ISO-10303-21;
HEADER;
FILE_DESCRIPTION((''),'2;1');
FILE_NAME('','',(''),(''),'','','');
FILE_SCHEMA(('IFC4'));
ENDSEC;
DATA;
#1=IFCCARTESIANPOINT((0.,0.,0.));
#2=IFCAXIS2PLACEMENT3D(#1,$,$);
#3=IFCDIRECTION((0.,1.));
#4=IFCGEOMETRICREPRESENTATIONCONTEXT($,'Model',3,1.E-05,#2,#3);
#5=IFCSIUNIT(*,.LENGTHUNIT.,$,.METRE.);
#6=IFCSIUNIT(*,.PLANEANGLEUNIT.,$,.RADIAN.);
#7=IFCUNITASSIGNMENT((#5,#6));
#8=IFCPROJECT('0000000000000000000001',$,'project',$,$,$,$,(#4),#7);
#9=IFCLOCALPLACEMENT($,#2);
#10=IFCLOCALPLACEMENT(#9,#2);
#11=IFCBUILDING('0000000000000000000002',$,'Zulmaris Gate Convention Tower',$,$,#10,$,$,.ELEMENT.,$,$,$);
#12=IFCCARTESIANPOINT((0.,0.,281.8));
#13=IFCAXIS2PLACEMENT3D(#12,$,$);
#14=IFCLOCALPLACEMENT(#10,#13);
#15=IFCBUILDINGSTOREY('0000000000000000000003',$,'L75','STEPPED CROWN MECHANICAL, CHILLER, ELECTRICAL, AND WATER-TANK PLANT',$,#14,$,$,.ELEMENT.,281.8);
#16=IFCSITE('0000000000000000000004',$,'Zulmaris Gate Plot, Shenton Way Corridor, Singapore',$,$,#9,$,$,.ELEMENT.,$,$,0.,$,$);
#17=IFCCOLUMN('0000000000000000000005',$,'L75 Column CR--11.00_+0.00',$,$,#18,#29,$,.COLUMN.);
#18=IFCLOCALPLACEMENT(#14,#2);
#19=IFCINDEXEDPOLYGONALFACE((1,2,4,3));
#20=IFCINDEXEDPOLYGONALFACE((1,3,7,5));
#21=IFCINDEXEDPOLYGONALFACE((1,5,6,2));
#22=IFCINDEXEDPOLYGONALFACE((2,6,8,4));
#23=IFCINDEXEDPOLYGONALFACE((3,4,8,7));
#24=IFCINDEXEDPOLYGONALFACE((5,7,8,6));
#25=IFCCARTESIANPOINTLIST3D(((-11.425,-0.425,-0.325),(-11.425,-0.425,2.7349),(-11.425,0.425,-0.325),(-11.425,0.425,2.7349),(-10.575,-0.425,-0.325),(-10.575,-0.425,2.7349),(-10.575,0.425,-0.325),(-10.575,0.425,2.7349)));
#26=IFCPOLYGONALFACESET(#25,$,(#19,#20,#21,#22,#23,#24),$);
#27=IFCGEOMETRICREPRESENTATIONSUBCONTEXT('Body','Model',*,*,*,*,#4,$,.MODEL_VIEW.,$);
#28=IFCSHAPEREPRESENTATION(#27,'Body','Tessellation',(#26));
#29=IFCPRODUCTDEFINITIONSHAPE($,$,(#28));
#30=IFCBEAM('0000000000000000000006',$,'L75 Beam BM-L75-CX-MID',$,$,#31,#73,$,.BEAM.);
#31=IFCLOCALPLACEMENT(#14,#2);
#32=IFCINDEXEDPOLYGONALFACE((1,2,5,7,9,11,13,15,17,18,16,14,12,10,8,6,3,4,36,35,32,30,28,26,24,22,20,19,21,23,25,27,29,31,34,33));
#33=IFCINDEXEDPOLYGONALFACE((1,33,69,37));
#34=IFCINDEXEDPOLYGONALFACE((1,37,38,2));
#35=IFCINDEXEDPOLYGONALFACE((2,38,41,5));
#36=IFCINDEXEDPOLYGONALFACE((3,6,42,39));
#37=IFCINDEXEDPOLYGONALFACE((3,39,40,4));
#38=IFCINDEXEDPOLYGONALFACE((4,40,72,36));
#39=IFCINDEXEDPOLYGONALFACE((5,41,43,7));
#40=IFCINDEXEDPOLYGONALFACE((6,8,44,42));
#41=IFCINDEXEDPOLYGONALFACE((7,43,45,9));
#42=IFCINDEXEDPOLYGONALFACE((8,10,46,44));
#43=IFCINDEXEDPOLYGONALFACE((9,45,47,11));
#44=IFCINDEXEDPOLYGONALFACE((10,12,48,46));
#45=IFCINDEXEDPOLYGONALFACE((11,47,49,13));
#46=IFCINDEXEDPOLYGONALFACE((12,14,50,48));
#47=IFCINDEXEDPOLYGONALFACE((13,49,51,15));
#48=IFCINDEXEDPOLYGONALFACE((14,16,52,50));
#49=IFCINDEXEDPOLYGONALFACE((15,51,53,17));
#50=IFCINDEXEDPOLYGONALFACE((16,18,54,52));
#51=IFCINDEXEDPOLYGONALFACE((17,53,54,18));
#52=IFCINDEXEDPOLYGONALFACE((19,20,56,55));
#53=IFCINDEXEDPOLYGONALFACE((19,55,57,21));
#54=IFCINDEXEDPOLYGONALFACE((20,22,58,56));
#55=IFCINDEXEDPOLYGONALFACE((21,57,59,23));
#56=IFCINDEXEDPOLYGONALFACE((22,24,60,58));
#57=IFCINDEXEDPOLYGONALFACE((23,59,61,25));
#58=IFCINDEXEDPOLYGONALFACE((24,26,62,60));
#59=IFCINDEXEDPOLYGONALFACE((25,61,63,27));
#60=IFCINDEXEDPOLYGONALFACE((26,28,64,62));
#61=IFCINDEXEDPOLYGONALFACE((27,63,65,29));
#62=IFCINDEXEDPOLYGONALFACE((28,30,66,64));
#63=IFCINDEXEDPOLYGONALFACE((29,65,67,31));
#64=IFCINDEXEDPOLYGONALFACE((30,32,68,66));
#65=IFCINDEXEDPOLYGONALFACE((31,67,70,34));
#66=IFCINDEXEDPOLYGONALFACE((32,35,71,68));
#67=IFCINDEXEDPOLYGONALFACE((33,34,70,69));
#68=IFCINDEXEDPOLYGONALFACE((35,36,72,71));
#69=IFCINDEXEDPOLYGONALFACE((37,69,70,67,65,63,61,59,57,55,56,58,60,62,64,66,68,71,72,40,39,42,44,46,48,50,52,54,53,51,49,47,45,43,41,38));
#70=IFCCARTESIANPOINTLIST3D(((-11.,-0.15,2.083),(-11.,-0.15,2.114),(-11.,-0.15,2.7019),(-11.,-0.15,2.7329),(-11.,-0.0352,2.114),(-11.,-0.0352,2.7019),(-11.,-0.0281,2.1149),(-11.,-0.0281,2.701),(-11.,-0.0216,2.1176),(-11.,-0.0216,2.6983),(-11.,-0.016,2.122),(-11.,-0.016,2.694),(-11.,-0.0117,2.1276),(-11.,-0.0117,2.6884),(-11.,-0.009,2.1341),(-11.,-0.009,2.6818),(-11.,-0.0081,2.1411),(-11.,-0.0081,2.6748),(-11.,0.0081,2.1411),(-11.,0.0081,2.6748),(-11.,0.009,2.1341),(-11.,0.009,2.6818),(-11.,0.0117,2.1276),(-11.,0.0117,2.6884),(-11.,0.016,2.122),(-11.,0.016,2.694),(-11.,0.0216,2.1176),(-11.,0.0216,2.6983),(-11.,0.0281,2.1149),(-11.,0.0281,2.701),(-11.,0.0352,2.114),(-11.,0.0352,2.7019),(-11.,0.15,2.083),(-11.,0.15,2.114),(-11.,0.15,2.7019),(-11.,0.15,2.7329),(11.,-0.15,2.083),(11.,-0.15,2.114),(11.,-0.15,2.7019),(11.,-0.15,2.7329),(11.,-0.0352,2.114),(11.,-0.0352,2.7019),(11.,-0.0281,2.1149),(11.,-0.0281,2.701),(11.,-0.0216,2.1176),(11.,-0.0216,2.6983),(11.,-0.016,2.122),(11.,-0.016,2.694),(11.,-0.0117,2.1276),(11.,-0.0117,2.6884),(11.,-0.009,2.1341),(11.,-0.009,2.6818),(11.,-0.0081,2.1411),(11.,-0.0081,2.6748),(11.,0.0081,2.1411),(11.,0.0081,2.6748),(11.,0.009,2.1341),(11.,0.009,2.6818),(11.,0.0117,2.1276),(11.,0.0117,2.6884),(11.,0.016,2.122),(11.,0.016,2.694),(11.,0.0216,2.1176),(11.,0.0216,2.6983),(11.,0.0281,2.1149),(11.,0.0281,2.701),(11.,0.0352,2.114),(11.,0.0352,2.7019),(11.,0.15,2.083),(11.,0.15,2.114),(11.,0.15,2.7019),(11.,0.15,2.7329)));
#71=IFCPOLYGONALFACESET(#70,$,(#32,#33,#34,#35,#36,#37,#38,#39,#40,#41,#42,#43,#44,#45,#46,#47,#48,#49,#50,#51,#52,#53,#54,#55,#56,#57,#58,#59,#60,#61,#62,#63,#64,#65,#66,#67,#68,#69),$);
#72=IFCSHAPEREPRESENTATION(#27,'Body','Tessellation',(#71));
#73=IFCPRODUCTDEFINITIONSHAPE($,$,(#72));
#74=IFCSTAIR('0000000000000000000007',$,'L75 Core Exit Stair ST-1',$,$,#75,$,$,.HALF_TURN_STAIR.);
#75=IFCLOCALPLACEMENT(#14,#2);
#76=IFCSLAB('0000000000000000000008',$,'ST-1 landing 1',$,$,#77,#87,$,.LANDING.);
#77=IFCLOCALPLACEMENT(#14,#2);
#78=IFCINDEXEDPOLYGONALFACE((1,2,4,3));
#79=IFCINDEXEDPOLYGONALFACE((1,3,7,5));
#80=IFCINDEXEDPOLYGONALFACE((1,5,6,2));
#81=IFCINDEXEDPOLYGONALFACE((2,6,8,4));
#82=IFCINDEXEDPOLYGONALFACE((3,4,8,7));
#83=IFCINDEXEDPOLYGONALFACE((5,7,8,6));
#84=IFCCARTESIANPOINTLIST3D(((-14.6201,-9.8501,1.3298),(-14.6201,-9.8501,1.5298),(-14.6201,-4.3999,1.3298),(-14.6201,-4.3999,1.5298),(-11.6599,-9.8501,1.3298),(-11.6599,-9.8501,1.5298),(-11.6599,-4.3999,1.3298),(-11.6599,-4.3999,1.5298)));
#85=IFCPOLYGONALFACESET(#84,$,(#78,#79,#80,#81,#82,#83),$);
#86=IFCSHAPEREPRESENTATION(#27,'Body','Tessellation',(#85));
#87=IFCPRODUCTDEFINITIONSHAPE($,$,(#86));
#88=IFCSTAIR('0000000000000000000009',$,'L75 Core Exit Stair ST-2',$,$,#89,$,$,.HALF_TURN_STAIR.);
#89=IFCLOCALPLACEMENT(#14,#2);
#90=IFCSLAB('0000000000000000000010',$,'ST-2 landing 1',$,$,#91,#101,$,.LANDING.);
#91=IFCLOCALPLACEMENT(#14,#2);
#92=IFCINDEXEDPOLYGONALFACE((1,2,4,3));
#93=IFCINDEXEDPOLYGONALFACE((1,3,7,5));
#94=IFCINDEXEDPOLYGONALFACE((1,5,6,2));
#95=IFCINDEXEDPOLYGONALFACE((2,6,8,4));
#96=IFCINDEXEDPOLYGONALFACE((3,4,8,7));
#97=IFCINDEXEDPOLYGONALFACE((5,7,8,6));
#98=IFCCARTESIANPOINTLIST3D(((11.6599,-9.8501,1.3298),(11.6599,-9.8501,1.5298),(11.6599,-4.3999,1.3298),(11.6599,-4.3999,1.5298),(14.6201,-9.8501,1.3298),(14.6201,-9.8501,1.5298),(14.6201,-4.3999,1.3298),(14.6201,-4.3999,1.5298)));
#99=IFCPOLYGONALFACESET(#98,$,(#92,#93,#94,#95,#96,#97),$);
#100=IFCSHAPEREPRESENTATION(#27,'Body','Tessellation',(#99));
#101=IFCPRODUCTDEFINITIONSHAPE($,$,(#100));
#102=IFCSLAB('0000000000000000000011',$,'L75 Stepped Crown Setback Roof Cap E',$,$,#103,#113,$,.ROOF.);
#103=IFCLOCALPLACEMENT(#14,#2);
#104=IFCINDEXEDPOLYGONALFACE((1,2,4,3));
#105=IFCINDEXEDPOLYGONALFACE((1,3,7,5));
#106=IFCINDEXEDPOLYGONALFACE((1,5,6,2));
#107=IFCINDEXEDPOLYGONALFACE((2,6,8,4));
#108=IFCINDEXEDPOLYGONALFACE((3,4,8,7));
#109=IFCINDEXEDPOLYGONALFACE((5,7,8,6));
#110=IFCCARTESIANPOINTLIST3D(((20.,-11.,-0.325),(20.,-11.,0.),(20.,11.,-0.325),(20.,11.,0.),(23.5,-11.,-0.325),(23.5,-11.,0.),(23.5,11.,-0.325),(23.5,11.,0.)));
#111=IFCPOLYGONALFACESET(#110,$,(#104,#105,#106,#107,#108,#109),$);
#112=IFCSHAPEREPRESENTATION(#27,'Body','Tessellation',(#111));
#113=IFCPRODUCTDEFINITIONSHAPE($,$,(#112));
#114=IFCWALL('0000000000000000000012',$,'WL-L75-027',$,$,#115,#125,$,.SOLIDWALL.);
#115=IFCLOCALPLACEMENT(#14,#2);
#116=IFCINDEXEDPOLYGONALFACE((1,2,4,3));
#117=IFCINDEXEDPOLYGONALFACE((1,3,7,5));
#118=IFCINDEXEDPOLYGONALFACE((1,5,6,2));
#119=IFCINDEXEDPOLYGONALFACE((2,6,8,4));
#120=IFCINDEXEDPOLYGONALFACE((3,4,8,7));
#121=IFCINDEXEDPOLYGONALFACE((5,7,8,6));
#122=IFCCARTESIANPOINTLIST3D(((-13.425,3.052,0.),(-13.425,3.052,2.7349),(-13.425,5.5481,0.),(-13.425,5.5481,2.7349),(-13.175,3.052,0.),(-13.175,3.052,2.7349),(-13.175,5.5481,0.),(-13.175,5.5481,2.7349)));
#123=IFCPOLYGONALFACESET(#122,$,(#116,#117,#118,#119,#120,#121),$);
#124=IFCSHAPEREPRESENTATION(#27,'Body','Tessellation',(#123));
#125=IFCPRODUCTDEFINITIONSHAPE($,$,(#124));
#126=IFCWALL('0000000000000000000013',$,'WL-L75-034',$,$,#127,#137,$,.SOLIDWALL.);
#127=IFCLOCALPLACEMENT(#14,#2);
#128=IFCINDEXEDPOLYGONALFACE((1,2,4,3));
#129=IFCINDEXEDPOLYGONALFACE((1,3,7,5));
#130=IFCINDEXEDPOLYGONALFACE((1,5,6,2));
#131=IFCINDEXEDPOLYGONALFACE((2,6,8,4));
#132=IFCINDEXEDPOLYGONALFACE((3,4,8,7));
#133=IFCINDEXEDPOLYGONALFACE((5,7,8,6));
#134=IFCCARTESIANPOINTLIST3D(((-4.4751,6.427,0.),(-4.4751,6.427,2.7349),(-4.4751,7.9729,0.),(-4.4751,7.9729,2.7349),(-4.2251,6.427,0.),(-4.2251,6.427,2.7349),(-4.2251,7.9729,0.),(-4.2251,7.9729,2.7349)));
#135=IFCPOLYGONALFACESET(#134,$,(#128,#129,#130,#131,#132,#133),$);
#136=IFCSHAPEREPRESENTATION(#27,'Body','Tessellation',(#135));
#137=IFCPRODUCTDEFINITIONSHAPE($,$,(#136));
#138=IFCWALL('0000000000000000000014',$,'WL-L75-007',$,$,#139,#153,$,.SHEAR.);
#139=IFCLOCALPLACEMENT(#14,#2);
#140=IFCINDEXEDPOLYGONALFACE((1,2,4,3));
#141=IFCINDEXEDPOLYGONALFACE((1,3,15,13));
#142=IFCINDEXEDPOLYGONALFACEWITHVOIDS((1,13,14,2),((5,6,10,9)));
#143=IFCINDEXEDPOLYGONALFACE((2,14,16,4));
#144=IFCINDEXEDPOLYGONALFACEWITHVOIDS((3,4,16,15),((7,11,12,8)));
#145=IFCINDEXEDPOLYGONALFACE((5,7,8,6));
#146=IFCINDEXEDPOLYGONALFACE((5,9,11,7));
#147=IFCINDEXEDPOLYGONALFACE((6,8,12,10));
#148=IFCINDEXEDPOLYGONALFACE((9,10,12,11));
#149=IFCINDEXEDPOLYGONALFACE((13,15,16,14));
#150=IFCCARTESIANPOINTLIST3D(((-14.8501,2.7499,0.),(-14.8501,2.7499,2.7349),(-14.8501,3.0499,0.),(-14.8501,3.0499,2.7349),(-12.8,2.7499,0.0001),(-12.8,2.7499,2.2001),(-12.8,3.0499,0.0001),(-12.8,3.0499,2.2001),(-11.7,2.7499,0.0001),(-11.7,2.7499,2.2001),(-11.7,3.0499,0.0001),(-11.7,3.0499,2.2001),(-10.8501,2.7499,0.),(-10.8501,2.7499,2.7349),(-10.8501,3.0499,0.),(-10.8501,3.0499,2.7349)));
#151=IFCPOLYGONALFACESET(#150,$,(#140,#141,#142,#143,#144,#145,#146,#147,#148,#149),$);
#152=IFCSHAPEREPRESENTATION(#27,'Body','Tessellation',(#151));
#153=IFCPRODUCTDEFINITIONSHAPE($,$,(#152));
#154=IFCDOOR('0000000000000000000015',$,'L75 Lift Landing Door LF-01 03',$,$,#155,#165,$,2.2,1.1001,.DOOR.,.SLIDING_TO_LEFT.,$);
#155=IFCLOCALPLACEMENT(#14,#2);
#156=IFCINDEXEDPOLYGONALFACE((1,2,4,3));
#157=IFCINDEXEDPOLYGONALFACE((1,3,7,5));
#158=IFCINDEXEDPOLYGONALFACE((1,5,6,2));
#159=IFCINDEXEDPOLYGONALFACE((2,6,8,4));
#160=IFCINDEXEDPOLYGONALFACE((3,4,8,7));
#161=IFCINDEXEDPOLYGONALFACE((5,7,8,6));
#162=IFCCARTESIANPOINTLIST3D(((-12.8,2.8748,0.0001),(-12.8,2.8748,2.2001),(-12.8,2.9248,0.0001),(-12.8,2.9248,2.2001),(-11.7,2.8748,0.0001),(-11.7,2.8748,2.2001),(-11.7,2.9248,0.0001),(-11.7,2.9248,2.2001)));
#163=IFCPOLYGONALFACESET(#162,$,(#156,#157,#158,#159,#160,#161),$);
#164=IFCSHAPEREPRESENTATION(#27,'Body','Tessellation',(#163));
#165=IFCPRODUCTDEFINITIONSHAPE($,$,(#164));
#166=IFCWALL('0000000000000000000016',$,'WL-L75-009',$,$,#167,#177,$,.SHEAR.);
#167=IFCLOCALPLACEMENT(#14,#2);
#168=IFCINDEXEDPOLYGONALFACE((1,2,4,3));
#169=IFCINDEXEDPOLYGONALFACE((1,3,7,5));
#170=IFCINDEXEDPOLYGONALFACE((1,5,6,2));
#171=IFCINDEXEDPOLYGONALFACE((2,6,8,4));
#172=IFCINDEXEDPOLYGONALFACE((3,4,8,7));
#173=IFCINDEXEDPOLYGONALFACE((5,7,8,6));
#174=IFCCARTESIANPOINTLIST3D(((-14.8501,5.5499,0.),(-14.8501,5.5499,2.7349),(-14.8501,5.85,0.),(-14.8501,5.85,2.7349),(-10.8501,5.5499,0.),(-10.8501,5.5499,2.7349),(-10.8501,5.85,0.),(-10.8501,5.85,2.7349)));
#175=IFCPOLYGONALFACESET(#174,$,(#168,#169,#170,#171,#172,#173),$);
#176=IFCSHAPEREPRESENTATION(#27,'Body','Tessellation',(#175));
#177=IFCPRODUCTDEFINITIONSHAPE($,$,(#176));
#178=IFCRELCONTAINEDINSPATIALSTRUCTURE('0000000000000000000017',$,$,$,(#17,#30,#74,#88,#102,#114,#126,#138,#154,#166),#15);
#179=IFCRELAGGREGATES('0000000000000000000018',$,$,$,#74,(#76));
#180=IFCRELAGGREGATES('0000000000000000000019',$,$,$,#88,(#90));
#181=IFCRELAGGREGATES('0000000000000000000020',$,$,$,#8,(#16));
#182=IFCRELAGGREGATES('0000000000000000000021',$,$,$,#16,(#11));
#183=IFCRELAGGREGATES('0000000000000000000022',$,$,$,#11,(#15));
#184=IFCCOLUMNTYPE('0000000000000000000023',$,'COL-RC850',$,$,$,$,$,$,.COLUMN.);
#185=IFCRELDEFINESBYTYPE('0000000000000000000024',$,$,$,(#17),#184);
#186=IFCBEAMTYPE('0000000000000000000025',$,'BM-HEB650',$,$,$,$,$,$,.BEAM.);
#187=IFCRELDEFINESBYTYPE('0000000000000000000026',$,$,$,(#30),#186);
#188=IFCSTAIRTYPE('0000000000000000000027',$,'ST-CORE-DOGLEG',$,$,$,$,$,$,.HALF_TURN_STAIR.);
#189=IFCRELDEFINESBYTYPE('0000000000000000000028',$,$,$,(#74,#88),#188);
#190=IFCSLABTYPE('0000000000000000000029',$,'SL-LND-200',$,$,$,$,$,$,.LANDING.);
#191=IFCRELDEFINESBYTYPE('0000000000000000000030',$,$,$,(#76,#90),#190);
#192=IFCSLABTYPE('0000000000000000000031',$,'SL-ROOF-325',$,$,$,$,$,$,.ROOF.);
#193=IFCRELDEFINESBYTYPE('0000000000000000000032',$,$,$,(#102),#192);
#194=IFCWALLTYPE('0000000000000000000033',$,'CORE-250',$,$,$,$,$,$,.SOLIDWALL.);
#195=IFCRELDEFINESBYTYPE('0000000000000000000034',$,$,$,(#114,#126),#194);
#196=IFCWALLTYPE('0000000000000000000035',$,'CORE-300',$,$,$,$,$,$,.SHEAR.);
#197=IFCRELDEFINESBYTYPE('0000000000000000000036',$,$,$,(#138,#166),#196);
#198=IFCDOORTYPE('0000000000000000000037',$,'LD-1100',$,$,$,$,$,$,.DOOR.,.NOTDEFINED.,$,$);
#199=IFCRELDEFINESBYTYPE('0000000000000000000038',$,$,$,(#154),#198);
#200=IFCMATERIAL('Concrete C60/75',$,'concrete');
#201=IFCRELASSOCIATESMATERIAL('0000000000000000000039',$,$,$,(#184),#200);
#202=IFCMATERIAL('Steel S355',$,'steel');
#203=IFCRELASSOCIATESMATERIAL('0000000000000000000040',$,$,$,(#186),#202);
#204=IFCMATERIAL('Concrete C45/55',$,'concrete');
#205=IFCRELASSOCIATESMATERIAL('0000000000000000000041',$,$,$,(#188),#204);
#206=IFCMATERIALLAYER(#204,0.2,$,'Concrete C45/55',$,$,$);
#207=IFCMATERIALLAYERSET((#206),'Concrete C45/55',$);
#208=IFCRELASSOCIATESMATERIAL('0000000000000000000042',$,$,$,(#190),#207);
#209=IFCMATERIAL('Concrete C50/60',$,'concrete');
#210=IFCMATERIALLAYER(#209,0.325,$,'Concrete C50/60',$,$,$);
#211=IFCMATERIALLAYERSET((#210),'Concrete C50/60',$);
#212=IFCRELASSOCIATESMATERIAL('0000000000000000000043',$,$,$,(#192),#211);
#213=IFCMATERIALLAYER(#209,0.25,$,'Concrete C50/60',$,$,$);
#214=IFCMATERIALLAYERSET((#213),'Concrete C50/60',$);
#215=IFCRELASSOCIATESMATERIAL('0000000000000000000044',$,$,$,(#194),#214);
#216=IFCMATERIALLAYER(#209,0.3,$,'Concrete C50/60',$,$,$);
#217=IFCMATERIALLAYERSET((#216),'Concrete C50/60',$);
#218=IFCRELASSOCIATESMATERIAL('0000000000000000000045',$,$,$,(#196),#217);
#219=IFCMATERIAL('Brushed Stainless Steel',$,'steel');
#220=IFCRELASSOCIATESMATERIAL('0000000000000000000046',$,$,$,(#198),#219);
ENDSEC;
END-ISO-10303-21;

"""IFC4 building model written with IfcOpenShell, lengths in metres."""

from ifc_helpers import new_model, si_unit, direction, frame, frame_2d, origin, origin_2d, place, context, subcontext, project, spatial, polyline, rectangle, i_section, outline, extrude, material, layer, layer_set, material_profile, profile_set, type_object, element, fill, aggregate, save


model = new_model("IFC4")

# Units and contexts
model_context = context("Model", 3, precision=1e-05, world=origin(), true_north=direction((0.0, 1.0)))
body_context = subcontext(model_context, "Body", "Model", "MODEL_VIEW")
ifc_project = project(units=[si_unit("LENGTHUNIT", "METRE"), si_unit("PLANEANGLEUNIT", "RADIAN")], contexts=[model_context])

# Site, building, storey
site_placement = place(None, origin())
site = spatial("IfcSite", under=ifc_project, at=site_placement, Name="Zulmaris Gate Plot, Shenton Way Corridor, Singapore", CompositionType="ELEMENT", RefElevation=0.0)
building_placement = place(site_placement, origin())
building = spatial("IfcBuilding", under=site, at=building_placement, Name="Zulmaris Gate Convention Tower", CompositionType="ELEMENT")
storey_placement = place(building_placement, frame((0.0, 0.0, 281.8)))
storey = spatial("IfcBuildingStorey", under=building, at=storey_placement, Name="L75", Description="STEPPED CROWN MECHANICAL, CHILLER, ELECTRICAL, AND WATER-TANK PLANT", CompositionType="ELEMENT", Elevation=281.8)

# Column
ifc_material_1 = material(Name="Concrete C60/75", Category="concrete")
ifc_material_profile_1 = material_profile(ifc_material_1, rectangle(XDim=0.8501, YDim=0.8501, at=origin_2d()), Name="RC COL 850x850")
ifc_profile_set_1 = profile_set([ifc_material_profile_1], Name="Concrete C60/75")
column_type = type_object("IfcColumnType", Name="COL-RC850", PredefinedType="COLUMN", material=ifc_profile_set_1)
column_placement = place(storey_placement, frame((-11.0, 0.0, -0.325), z_axis=(0.0, 0.0, 1.0), x_axis=(1.0, 0.0, 0.0)))
element("IfcColumn", 1, at=column_placement, inside=storey, type_object=column_type, Name="L75 Column CR--11.00_+0.00", PredefinedType="COLUMN", context=body_context, shape_type="SweptSolid", body=[
    extrude(rectangle(XDim=0.8501, YDim=0.8501, at=origin_2d()), origin(), (0.0, 0.0, 1.0), 3.0598),
])

# Beam
ifc_material_2 = material(Name="Steel S355", Category="steel")
ifc_material_profile_2 = material_profile(ifc_material_2, i_section(OverallWidth=0.3, OverallDepth=0.6499, WebThickness=0.0161, FlangeThickness=0.031, FilletRadius=0.0271, at=origin_2d()), Name="HEB 650")
ifc_profile_set_2 = profile_set([ifc_material_profile_2], Name="Steel S355")
beam_type = type_object("IfcBeamType", Name="BM-HEB650", PredefinedType="BEAM", material=ifc_profile_set_2)
beam_placement = place(storey_placement, frame((-11.0, 0.0, 2.408), z_axis=(1.0, 0.0, 0.0), x_axis=(0.0, 1.0, 0.0)))
element("IfcBeam", 2, at=beam_placement, inside=storey, type_object=beam_type, Name="L75 Beam BM-L75-CX-MID", PredefinedType="BEAM", context=body_context, shape_type="SweptSolid", body=[
    extrude(i_section(OverallWidth=0.3, OverallDepth=0.6499, WebThickness=0.0161, FlangeThickness=0.031, FilletRadius=0.0271, at=origin_2d()), origin(), (0.0, 0.0, 1.0), 22.0),
])

# Stairs, slabs
ifc_material_3 = material(Name="Concrete C45/55", Category="concrete")
stair_type_1 = type_object("IfcStairType", Name="ST-CORE-DOGLEG", PredefinedType="HALF_TURN_STAIR", material=ifc_material_3)
stair_1_placement = place(storey_placement, origin())
stair_1 = element("IfcStair", 3, at=stair_1_placement, inside=storey, type_object=stair_type_1, Name="L75 Core Exit Stair ST-1", PredefinedType="HALF_TURN_STAIR")
ifc_layer_1 = layer(ifc_material_3, 0.2, Name="Concrete C45/55")
ifc_layer_set_1 = layer_set([ifc_layer_1], Name="Concrete C45/55")
slab_type_1 = type_object("IfcSlabType", Name="SL-LND-200", PredefinedType="LANDING", material=ifc_layer_set_1)
slab_1_placement = place(storey_placement, frame((0.0, 0.0, 1.3298)))
slab_1 = element("IfcSlab", 4, at=slab_1_placement, type_object=slab_type_1, Name="ST-1 landing 1", PredefinedType="LANDING", context=body_context, shape_type="SweptSolid", body=[
    extrude(outline(polyline([(-14.6201, -4.3999), (-14.6201, -9.8501), (-11.6599, -9.8501), (-11.6599, -4.3999), (-14.6201, -4.3999)])), origin(), (0.0, 0.0, 1.0), 0.2),
])
aggregate(stair_1, [slab_1])
stair_2_placement = place(storey_placement, origin())
stair_2 = element("IfcStair", 5, at=stair_2_placement, inside=storey, type_object=stair_type_1, Name="L75 Core Exit Stair ST-2", PredefinedType="HALF_TURN_STAIR")
slab_2_placement = place(storey_placement, frame((0.0, 0.0, 1.3298)))
slab_2 = element("IfcSlab", 6, at=slab_2_placement, type_object=slab_type_1, Name="ST-2 landing 1", PredefinedType="LANDING", context=body_context, shape_type="SweptSolid", body=[
    extrude(outline(polyline([(11.6599, -4.3999), (11.6599, -9.8501), (14.6201, -9.8501), (14.6201, -4.3999), (11.6599, -4.3999)])), origin(), (0.0, 0.0, 1.0), 0.2),
])
aggregate(stair_2, [slab_2])

# Slab
ifc_material_4 = material(Name="Concrete C50/60", Category="concrete")
ifc_layer_2 = layer(ifc_material_4, 0.325, Name="Concrete C50/60")
ifc_layer_set_2 = layer_set([ifc_layer_2], Name="Concrete C50/60")
slab_type_2 = type_object("IfcSlabType", Name="SL-ROOF-325", PredefinedType="ROOF", material=ifc_layer_set_2)
slab_3_placement = place(storey_placement, frame((0.0, 0.0, -0.325)))
element("IfcSlab", 7, at=slab_3_placement, inside=storey, type_object=slab_type_2, Name="L75 Stepped Crown Setback Roof Cap E", PredefinedType="ROOF", context=body_context, shape_type="SweptSolid", body=[
    extrude(outline(polyline([(20.0, -11.0), (23.5, -11.0), (23.5, 11.0), (20.0, 11.0), (20.0, -11.0)])), origin(), (0.0, 0.0, 1.0), 0.325),
])

# Shared definitions
ifc_layer_3 = layer(ifc_material_4, 0.25, Name="Concrete C50/60")
ifc_layer_set_3 = layer_set([ifc_layer_3], Name="Concrete C50/60")
wall_type_1 = type_object("IfcWallType", Name="CORE-250", PredefinedType="SOLIDWALL", material=ifc_layer_set_3)

# Walls
wall_1_placement = place(storey_placement, frame((-13.3, 3.052, 0.0), z_axis=(0.0, 0.0, 1.0), x_axis=(0.0, 1.0, 0.0)))
element("IfcWall", 8, at=wall_1_placement, inside=storey, type_object=wall_type_1, Name="WL-L75-027", PredefinedType="SOLIDWALL", context=body_context, shape_type="SweptSolid", body=[
    extrude(rectangle(XDim=2.4961, YDim=0.25, at=frame_2d((1.248, 0.0))), origin(), (0.0, 0.0, 1.0), 2.7349),
])
wall_2_placement = place(storey_placement, frame((-4.3501, 6.427, 0.0), z_axis=(0.0, 0.0, 1.0), x_axis=(0.0, 1.0, 0.0)))
element("IfcWall", 9, at=wall_2_placement, inside=storey, type_object=wall_type_1, Name="WL-L75-034", PredefinedType="SOLIDWALL", context=body_context, shape_type="SweptSolid", body=[
    extrude(rectangle(XDim=1.5459, YDim=0.25, at=frame_2d((0.7729, 0.0))), origin(), (0.0, 0.0, 1.0), 2.7349),
])

# Wall, opening, door
ifc_layer_4 = layer(ifc_material_4, 0.3, Name="Concrete C50/60")
ifc_layer_set_4 = layer_set([ifc_layer_4], Name="Concrete C50/60")
wall_type_2 = type_object("IfcWallType", Name="CORE-300", PredefinedType="SHEAR", material=ifc_layer_set_4)
wall_3_placement = place(storey_placement, frame((-14.8501, 2.8999, 0.0), z_axis=(0.0, 0.0, 1.0), x_axis=(1.0, 0.0, 0.0)))
wall_3 = element("IfcWall", 10, at=wall_3_placement, inside=storey, type_object=wall_type_2, Name="WL-L75-007", PredefinedType="SHEAR", context=body_context, shape_type="SweptSolid", body=[
    extrude(rectangle(XDim=4.0, YDim=0.3, at=frame_2d((2.0, 0.0))), origin(), (0.0, 0.0, 1.0), 2.7349),
])
opening_1_placement = place(wall_3_placement, frame((2.05, 0.0, 0.0)))
opening_1 = element("IfcOpeningElement", 11, at=opening_1_placement, cuts=wall_3, PredefinedType="OPENING", context=body_context, shape_type="SweptSolid", body=[
    extrude(rectangle(XDim=1.1001, YDim=2.2, at=frame_2d((0.55, 1.1001))), frame((0.0, 0.1602, 0.0), z_axis=(0.0, -1.0, 0.0), x_axis=(1.0, 0.0, 0.0)), (0.0, 0.0, 1.0), 0.3201),
])
ifc_material_5 = material(Name="Brushed Stainless Steel", Category="steel")
door_type_1 = type_object("IfcDoorType", Name="LD-1100", OperationType="NOTDEFINED", PredefinedType="DOOR", material=ifc_material_5)
door_1_placement = place(opening_1_placement, origin())
door_1 = element("IfcDoor", 12, at=door_1_placement, inside=storey, type_object=door_type_1, Name="L75 Lift Landing Door LF-01 03", OperationType="SLIDING_TO_LEFT", OverallHeight=2.2, OverallWidth=1.1001, PredefinedType="DOOR", context=body_context, shape_type="SweptSolid", body=[
    extrude(rectangle(XDim=1.1001, YDim=2.2, at=frame_2d((0.55, 1.1001))), frame((0.0, 0.0249, 0.0), z_axis=(0.0, -1.0, 0.0), x_axis=(1.0, 0.0, 0.0)), (0.0, 0.0, 1.0), 0.05),
])
fill(opening_1, door_1)

# Wall
wall_4_placement = place(storey_placement, frame((-14.8501, 5.7, 0.0), z_axis=(0.0, 0.0, 1.0), x_axis=(1.0, 0.0, 0.0)))
element("IfcWall", 13, at=wall_4_placement, inside=storey, type_object=wall_type_2, Name="WL-L75-009", PredefinedType="SHEAR", context=body_context, shape_type="SweptSolid", body=[
    extrude(rectangle(XDim=4.0, YDim=0.3, at=frame_2d((2.0, 0.0))), origin(), (0.0, 0.0, 1.0), 2.7349),
])

save(model, "model.ifc")
